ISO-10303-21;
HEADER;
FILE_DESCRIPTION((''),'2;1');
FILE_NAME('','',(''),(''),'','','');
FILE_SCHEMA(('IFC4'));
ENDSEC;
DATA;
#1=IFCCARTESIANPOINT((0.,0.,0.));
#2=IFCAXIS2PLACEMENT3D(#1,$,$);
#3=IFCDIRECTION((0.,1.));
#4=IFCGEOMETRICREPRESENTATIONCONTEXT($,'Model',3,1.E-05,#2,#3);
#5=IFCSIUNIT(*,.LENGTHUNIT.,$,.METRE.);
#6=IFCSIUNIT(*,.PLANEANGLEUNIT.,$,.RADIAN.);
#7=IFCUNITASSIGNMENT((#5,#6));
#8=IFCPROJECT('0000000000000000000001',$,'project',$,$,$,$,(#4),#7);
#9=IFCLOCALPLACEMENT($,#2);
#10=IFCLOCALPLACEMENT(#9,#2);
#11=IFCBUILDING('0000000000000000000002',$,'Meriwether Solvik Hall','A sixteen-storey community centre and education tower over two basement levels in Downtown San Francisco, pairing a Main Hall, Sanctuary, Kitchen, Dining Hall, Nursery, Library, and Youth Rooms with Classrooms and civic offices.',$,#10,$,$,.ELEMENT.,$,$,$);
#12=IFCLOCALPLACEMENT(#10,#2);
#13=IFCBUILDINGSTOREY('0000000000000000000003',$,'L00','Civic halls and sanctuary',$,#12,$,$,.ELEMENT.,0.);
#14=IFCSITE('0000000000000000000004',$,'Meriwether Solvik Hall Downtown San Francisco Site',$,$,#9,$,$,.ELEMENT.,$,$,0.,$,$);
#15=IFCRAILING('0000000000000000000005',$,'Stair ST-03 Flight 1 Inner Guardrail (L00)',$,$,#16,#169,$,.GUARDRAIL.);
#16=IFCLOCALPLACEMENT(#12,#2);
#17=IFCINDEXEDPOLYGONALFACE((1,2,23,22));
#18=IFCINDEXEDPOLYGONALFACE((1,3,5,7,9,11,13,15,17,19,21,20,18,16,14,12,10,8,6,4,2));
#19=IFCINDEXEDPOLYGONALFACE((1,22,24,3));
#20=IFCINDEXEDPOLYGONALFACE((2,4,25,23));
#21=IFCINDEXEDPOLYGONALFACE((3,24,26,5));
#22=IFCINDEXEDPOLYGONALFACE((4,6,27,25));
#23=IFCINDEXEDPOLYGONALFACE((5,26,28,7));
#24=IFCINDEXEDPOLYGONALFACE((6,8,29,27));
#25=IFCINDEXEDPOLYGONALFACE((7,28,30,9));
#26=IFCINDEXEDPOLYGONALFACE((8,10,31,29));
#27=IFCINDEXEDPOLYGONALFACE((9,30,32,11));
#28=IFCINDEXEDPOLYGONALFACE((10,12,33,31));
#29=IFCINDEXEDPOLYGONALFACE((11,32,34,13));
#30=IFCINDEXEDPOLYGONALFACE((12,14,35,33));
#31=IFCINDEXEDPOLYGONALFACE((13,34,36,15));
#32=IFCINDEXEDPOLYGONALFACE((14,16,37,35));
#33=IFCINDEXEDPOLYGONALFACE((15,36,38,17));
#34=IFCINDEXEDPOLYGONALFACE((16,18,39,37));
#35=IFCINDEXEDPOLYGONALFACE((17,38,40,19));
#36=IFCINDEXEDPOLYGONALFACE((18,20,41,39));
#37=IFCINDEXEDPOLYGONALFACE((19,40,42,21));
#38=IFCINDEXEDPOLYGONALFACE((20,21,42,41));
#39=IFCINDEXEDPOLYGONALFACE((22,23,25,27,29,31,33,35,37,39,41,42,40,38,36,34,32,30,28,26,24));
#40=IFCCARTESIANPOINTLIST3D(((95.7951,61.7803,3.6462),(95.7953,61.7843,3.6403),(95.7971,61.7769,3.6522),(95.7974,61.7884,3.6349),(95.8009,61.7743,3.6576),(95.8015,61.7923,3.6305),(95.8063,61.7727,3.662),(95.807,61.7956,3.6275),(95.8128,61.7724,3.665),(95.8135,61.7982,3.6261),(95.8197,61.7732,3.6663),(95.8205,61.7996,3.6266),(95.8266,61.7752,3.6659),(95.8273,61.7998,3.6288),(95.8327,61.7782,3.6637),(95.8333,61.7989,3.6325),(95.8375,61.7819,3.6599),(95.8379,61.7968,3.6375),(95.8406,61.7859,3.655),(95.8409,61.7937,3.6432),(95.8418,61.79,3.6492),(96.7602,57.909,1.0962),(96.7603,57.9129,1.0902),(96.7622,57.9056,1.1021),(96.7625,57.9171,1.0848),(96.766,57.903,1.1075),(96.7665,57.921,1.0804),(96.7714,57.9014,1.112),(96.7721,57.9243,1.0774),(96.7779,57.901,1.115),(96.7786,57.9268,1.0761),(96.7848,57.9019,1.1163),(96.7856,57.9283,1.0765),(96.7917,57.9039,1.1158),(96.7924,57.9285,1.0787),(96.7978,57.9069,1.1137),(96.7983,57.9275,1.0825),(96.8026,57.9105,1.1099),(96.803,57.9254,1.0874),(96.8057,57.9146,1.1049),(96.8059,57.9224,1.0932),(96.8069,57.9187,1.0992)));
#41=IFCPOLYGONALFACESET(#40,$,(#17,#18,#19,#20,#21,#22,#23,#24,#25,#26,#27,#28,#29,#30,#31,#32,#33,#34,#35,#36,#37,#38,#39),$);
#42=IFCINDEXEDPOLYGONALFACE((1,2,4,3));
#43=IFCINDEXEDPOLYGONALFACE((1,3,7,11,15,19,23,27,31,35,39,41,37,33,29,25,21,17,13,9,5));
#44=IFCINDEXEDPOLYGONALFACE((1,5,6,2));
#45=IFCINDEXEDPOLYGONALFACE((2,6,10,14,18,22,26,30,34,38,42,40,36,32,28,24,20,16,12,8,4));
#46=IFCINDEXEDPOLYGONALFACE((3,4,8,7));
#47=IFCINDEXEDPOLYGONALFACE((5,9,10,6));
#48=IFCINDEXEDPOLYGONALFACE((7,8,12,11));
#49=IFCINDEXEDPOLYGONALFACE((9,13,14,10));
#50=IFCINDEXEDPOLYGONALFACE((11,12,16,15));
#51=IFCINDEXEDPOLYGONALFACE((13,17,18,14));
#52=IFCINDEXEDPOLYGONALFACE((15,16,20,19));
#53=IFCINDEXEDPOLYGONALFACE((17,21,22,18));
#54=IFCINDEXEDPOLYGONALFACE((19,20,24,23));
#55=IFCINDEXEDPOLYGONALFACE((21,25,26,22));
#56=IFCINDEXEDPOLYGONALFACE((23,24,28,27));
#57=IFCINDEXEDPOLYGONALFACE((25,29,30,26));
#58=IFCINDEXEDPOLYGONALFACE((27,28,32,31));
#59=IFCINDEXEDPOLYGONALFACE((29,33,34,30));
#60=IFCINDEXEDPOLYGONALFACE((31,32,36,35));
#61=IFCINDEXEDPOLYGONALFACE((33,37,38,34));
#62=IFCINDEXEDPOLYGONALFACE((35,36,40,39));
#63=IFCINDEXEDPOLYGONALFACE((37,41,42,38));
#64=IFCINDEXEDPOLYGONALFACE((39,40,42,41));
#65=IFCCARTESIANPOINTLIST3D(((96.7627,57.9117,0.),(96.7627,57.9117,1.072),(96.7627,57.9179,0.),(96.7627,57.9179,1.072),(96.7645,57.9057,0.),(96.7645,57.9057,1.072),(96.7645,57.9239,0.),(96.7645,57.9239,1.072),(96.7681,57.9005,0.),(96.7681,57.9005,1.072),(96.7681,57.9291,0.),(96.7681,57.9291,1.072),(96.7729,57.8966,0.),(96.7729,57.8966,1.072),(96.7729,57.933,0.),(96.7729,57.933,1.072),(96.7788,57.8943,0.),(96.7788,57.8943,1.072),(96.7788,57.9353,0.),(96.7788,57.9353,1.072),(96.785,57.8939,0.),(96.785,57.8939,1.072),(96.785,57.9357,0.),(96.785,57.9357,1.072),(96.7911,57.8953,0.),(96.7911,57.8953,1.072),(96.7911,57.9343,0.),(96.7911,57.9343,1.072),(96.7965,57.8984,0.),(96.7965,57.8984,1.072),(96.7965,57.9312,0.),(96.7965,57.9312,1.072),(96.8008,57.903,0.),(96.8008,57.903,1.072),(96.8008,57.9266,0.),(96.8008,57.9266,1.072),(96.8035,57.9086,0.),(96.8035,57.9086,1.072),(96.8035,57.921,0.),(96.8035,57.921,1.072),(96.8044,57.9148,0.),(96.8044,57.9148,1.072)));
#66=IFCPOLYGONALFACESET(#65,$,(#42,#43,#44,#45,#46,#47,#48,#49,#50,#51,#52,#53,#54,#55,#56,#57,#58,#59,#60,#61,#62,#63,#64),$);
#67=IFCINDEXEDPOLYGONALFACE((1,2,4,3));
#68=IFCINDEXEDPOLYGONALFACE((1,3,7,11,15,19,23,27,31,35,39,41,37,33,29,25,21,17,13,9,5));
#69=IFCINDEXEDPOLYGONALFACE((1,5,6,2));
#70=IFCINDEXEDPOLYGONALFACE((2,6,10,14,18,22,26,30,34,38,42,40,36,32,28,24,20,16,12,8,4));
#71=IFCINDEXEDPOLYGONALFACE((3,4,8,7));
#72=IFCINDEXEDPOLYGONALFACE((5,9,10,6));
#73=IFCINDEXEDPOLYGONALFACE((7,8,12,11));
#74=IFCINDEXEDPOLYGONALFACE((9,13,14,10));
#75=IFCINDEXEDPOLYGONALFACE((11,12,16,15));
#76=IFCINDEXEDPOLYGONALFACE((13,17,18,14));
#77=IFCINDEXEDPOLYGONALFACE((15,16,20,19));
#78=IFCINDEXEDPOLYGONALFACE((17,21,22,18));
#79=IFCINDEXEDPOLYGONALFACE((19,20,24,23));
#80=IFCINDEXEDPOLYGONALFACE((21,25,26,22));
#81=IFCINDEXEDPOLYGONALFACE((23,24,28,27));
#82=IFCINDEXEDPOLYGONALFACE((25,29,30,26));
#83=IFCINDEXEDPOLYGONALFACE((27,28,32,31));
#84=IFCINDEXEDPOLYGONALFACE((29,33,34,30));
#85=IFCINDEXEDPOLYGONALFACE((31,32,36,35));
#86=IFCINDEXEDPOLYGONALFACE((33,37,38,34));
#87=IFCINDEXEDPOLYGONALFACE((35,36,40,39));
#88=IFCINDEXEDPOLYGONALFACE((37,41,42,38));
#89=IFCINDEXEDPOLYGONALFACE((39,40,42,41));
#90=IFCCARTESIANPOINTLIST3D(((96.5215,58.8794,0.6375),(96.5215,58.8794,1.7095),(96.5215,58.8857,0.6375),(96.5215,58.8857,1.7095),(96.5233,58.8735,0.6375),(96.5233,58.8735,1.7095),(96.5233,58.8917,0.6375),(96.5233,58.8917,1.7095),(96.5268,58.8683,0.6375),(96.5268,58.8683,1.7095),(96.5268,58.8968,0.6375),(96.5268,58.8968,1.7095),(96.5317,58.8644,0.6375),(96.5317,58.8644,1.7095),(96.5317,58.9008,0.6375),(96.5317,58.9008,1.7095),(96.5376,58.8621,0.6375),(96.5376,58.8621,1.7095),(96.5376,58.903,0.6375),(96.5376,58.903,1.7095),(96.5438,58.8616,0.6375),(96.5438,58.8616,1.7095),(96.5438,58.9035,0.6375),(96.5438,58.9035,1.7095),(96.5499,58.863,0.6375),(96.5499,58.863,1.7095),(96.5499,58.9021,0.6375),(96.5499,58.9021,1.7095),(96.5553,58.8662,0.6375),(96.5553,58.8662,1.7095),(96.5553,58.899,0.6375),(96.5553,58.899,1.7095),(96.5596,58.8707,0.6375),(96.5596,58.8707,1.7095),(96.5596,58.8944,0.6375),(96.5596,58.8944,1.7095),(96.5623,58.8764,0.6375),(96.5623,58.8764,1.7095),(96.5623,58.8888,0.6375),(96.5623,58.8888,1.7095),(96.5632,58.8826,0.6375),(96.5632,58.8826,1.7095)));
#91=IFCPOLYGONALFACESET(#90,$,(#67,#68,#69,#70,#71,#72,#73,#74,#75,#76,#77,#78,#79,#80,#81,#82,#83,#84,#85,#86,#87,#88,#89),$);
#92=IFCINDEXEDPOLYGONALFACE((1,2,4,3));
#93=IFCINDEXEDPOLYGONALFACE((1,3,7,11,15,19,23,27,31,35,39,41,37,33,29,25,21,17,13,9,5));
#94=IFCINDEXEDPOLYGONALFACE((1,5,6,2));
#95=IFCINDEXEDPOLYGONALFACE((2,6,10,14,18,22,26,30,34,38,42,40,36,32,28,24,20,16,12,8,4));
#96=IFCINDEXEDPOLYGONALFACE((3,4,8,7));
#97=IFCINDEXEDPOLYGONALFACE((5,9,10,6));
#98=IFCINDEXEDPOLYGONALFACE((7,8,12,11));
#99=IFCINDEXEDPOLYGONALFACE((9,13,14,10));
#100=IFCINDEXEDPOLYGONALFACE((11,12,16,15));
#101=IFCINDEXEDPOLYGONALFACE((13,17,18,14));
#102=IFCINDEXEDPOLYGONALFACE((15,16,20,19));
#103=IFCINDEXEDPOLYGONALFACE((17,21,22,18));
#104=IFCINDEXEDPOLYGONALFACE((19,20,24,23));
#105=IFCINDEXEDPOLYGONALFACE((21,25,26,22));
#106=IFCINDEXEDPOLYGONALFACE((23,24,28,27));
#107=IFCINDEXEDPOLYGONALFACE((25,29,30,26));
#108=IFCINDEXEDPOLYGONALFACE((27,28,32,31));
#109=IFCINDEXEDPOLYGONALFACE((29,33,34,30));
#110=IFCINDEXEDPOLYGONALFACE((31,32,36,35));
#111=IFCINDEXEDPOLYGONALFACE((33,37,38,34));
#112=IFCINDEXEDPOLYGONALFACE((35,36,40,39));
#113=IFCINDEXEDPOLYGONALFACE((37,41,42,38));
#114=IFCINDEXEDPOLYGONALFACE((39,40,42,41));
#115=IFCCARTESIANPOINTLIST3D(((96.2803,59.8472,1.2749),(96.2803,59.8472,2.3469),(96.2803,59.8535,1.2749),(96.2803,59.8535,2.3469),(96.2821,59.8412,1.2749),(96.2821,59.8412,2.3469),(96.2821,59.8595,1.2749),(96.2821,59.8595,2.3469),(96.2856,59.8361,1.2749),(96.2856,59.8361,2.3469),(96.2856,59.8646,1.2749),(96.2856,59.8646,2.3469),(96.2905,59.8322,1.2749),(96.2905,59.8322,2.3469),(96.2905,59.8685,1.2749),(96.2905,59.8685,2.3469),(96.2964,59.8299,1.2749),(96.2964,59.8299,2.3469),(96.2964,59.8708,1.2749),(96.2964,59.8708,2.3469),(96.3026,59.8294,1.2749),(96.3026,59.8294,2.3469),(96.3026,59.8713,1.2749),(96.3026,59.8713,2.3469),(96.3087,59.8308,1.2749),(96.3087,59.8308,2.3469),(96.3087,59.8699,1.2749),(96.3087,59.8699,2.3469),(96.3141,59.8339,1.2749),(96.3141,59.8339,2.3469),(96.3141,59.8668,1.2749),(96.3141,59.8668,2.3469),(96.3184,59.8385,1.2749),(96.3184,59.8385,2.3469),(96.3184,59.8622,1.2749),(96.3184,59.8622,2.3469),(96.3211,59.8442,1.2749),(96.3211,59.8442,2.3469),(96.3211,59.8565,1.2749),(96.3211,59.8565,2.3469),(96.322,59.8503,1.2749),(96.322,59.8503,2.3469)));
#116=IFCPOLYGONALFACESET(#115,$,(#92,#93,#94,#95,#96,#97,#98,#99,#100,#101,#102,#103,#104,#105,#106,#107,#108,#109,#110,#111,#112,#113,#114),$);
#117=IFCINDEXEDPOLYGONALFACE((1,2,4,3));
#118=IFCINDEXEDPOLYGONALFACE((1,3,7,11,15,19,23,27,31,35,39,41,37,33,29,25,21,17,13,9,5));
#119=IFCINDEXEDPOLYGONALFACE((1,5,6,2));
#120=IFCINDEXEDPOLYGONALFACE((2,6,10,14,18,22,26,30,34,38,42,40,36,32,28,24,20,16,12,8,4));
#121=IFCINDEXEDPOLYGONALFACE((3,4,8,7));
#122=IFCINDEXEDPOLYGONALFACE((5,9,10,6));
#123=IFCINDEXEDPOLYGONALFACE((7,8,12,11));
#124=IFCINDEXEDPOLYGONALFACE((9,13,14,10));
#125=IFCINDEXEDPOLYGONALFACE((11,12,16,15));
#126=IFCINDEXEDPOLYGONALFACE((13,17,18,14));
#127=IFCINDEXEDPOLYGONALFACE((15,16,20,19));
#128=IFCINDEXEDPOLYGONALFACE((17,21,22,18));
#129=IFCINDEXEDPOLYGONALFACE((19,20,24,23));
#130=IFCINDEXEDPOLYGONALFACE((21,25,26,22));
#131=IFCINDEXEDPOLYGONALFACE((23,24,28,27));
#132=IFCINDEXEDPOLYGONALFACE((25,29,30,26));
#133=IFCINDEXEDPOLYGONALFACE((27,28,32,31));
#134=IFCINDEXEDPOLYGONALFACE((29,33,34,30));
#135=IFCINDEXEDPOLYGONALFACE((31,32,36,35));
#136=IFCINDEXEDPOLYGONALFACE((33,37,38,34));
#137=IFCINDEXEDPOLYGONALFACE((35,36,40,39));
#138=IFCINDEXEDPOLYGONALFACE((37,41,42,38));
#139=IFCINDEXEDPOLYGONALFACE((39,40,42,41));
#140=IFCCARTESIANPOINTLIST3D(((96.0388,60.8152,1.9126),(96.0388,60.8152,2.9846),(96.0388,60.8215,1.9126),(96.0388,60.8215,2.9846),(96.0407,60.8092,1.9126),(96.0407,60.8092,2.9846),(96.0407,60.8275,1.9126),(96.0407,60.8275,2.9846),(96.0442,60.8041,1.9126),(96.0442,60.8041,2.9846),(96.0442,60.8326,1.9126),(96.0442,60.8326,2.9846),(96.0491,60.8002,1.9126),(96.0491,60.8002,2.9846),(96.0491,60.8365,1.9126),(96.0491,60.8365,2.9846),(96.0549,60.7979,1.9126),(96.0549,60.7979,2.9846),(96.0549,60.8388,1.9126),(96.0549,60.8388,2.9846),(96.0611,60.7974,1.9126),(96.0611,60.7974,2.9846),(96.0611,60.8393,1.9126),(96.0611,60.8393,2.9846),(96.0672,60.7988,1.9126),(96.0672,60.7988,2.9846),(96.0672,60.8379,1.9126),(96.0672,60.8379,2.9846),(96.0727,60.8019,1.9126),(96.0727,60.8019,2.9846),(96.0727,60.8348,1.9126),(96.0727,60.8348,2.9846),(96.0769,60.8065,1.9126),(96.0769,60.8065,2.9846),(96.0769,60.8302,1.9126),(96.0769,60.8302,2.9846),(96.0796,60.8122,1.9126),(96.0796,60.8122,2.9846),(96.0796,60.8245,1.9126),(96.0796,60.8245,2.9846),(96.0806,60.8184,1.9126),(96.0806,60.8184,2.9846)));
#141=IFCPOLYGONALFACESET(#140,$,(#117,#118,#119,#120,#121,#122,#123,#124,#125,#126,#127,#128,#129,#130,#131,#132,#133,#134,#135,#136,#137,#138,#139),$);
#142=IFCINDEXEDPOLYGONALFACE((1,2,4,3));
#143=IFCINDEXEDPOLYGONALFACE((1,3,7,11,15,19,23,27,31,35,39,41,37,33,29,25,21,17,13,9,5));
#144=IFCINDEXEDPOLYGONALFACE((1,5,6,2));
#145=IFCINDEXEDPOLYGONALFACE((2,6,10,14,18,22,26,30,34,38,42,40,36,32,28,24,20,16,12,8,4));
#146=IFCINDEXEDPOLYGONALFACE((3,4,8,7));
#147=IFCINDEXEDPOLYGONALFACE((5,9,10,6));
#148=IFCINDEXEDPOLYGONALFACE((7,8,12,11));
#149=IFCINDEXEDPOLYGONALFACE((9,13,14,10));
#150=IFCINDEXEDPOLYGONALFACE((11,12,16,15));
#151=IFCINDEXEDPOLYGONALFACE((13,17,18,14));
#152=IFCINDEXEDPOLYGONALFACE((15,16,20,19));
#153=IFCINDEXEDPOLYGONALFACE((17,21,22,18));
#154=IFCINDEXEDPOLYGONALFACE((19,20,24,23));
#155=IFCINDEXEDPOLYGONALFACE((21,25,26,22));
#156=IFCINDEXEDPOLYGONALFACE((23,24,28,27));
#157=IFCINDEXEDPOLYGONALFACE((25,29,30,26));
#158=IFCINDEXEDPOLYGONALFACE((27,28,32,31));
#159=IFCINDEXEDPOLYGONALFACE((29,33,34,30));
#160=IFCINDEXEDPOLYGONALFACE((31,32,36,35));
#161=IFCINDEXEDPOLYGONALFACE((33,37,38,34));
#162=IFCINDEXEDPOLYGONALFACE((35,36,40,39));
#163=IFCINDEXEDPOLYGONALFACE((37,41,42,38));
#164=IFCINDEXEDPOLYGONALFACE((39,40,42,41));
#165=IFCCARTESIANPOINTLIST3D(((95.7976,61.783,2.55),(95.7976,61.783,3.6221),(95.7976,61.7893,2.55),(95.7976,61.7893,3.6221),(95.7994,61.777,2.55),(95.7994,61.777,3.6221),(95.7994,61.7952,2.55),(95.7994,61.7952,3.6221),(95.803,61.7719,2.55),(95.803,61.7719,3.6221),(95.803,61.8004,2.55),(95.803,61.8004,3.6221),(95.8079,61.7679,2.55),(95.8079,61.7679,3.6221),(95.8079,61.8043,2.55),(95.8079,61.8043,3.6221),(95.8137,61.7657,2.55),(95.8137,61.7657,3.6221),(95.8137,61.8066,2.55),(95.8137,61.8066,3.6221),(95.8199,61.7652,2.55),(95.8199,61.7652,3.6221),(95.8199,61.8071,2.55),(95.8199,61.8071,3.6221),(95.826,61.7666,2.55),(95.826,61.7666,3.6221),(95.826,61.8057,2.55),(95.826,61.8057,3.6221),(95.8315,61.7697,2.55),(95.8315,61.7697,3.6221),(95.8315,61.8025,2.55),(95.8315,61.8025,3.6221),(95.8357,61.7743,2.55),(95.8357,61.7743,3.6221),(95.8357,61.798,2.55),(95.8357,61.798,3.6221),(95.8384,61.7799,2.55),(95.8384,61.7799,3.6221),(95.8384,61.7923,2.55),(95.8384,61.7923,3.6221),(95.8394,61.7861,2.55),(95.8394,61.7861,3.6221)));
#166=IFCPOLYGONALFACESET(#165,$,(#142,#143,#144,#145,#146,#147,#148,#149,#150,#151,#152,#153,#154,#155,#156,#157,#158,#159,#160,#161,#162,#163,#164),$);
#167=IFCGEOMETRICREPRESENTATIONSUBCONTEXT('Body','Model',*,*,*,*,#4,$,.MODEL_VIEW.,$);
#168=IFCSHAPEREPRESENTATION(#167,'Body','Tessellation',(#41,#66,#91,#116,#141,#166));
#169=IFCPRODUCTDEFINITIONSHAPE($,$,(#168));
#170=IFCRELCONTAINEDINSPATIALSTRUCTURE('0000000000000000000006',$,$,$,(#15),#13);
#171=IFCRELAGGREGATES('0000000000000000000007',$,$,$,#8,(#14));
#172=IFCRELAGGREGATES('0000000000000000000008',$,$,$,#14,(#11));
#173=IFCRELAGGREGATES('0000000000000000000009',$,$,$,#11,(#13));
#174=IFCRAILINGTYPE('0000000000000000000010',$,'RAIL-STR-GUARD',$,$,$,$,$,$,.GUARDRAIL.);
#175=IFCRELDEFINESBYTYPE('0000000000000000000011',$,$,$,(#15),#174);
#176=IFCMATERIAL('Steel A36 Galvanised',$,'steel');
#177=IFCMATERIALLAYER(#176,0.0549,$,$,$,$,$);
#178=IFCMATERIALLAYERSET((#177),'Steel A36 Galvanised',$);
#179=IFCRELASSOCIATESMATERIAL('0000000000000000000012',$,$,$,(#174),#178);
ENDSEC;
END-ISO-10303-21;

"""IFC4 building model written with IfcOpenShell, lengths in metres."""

from ifc_helpers import new_model, si_unit, direction, frame, origin, origin_2d, place, context, subcontext, project, spatial, circle, extrude, material, layer, layer_set, type_object, element, save


model = new_model("IFC4")

# Units and contexts
model_context = context("Model", 3, precision=1e-05, world=origin(), true_north=direction((0.0, 1.0)))
body_context = subcontext(model_context, "Body", "Model", "MODEL_VIEW")
ifc_project = project(units=[si_unit("LENGTHUNIT", "METRE"), si_unit("PLANEANGLEUNIT", "RADIAN")], contexts=[model_context])

# Site, building, storey
site_placement = place(None, origin())
site = spatial("IfcSite", under=ifc_project, at=site_placement, Name="Meriwether Solvik Hall Downtown San Francisco Site", CompositionType="ELEMENT", RefElevation=0.0)
building_placement = place(site_placement, origin())
building = spatial("IfcBuilding", under=site, at=building_placement, Name="Meriwether Solvik Hall", Description="A sixteen-storey community centre and education tower over two basement levels in Downtown San Francisco, pairing a Main Hall, Sanctuary, Kitchen, Dining Hall, Nursery, Library, and Youth Rooms with Classrooms and civic offices.", CompositionType="ELEMENT")
storey_placement = place(building_placement, origin())
storey = spatial("IfcBuildingStorey", under=building, at=storey_placement, Name="L00", Description="Civic halls and sanctuary", CompositionType="ELEMENT", Elevation=0.0)

# Railing
ifc_material_1 = material(Name="Steel A36 Galvanised", Category="steel")
ifc_layer_1 = layer(ifc_material_1, 0.0549)
ifc_layer_set_1 = layer_set([ifc_layer_1], Name="Steel A36 Galvanised")
railing_type_1 = type_object("IfcRailingType", Name="RAIL-STR-GUARD", PredefinedType="GUARDRAIL", material=ifc_layer_set_1)
railing_1_placement = place(storey_placement, frame((96.7834, 57.9148, 0.0)))
element("IfcRailing", 1, at=railing_1_placement, inside=storey, type_object=railing_type_1, Name="Stair ST-03 Flight 1 Inner Guardrail (L00)", PredefinedType="GUARDRAIL", context=body_context, shape_type="SweptSolid", body=[
    extrude(circle(Radius=0.0239, at=origin_2d()), frame((0.0, 0.0, 1.0962), z_axis=(-0.203815, 0.817579, 0.538539), x_axis=(-0.970304, -0.241888, 0.0)), (0.0, 0.0, 1.0), 4.7351),
    extrude(circle(Radius=0.021, at=origin_2d()), origin(), (0.0, 0.0, 1.0), 1.072),
    extrude(circle(Radius=0.021, at=origin_2d()), frame((-0.2412, 0.9678, 0.6375)), (0.0, 0.0, 1.0), 1.072),
    extrude(circle(Radius=0.021, at=origin_2d()), frame((-0.4824, 1.9355, 1.2749)), (0.0, 0.0, 1.0), 1.072),
    extrude(circle(Radius=0.021, at=origin_2d()), frame((-0.7239, 2.9036, 1.9126)), (0.0, 0.0, 1.0), 1.072),
    extrude(circle(Radius=0.021, at=origin_2d()), frame((-0.9651, 3.8713, 2.55)), (0.0, 0.0, 1.0), 1.072),
])

save(model, "model.ifc")
